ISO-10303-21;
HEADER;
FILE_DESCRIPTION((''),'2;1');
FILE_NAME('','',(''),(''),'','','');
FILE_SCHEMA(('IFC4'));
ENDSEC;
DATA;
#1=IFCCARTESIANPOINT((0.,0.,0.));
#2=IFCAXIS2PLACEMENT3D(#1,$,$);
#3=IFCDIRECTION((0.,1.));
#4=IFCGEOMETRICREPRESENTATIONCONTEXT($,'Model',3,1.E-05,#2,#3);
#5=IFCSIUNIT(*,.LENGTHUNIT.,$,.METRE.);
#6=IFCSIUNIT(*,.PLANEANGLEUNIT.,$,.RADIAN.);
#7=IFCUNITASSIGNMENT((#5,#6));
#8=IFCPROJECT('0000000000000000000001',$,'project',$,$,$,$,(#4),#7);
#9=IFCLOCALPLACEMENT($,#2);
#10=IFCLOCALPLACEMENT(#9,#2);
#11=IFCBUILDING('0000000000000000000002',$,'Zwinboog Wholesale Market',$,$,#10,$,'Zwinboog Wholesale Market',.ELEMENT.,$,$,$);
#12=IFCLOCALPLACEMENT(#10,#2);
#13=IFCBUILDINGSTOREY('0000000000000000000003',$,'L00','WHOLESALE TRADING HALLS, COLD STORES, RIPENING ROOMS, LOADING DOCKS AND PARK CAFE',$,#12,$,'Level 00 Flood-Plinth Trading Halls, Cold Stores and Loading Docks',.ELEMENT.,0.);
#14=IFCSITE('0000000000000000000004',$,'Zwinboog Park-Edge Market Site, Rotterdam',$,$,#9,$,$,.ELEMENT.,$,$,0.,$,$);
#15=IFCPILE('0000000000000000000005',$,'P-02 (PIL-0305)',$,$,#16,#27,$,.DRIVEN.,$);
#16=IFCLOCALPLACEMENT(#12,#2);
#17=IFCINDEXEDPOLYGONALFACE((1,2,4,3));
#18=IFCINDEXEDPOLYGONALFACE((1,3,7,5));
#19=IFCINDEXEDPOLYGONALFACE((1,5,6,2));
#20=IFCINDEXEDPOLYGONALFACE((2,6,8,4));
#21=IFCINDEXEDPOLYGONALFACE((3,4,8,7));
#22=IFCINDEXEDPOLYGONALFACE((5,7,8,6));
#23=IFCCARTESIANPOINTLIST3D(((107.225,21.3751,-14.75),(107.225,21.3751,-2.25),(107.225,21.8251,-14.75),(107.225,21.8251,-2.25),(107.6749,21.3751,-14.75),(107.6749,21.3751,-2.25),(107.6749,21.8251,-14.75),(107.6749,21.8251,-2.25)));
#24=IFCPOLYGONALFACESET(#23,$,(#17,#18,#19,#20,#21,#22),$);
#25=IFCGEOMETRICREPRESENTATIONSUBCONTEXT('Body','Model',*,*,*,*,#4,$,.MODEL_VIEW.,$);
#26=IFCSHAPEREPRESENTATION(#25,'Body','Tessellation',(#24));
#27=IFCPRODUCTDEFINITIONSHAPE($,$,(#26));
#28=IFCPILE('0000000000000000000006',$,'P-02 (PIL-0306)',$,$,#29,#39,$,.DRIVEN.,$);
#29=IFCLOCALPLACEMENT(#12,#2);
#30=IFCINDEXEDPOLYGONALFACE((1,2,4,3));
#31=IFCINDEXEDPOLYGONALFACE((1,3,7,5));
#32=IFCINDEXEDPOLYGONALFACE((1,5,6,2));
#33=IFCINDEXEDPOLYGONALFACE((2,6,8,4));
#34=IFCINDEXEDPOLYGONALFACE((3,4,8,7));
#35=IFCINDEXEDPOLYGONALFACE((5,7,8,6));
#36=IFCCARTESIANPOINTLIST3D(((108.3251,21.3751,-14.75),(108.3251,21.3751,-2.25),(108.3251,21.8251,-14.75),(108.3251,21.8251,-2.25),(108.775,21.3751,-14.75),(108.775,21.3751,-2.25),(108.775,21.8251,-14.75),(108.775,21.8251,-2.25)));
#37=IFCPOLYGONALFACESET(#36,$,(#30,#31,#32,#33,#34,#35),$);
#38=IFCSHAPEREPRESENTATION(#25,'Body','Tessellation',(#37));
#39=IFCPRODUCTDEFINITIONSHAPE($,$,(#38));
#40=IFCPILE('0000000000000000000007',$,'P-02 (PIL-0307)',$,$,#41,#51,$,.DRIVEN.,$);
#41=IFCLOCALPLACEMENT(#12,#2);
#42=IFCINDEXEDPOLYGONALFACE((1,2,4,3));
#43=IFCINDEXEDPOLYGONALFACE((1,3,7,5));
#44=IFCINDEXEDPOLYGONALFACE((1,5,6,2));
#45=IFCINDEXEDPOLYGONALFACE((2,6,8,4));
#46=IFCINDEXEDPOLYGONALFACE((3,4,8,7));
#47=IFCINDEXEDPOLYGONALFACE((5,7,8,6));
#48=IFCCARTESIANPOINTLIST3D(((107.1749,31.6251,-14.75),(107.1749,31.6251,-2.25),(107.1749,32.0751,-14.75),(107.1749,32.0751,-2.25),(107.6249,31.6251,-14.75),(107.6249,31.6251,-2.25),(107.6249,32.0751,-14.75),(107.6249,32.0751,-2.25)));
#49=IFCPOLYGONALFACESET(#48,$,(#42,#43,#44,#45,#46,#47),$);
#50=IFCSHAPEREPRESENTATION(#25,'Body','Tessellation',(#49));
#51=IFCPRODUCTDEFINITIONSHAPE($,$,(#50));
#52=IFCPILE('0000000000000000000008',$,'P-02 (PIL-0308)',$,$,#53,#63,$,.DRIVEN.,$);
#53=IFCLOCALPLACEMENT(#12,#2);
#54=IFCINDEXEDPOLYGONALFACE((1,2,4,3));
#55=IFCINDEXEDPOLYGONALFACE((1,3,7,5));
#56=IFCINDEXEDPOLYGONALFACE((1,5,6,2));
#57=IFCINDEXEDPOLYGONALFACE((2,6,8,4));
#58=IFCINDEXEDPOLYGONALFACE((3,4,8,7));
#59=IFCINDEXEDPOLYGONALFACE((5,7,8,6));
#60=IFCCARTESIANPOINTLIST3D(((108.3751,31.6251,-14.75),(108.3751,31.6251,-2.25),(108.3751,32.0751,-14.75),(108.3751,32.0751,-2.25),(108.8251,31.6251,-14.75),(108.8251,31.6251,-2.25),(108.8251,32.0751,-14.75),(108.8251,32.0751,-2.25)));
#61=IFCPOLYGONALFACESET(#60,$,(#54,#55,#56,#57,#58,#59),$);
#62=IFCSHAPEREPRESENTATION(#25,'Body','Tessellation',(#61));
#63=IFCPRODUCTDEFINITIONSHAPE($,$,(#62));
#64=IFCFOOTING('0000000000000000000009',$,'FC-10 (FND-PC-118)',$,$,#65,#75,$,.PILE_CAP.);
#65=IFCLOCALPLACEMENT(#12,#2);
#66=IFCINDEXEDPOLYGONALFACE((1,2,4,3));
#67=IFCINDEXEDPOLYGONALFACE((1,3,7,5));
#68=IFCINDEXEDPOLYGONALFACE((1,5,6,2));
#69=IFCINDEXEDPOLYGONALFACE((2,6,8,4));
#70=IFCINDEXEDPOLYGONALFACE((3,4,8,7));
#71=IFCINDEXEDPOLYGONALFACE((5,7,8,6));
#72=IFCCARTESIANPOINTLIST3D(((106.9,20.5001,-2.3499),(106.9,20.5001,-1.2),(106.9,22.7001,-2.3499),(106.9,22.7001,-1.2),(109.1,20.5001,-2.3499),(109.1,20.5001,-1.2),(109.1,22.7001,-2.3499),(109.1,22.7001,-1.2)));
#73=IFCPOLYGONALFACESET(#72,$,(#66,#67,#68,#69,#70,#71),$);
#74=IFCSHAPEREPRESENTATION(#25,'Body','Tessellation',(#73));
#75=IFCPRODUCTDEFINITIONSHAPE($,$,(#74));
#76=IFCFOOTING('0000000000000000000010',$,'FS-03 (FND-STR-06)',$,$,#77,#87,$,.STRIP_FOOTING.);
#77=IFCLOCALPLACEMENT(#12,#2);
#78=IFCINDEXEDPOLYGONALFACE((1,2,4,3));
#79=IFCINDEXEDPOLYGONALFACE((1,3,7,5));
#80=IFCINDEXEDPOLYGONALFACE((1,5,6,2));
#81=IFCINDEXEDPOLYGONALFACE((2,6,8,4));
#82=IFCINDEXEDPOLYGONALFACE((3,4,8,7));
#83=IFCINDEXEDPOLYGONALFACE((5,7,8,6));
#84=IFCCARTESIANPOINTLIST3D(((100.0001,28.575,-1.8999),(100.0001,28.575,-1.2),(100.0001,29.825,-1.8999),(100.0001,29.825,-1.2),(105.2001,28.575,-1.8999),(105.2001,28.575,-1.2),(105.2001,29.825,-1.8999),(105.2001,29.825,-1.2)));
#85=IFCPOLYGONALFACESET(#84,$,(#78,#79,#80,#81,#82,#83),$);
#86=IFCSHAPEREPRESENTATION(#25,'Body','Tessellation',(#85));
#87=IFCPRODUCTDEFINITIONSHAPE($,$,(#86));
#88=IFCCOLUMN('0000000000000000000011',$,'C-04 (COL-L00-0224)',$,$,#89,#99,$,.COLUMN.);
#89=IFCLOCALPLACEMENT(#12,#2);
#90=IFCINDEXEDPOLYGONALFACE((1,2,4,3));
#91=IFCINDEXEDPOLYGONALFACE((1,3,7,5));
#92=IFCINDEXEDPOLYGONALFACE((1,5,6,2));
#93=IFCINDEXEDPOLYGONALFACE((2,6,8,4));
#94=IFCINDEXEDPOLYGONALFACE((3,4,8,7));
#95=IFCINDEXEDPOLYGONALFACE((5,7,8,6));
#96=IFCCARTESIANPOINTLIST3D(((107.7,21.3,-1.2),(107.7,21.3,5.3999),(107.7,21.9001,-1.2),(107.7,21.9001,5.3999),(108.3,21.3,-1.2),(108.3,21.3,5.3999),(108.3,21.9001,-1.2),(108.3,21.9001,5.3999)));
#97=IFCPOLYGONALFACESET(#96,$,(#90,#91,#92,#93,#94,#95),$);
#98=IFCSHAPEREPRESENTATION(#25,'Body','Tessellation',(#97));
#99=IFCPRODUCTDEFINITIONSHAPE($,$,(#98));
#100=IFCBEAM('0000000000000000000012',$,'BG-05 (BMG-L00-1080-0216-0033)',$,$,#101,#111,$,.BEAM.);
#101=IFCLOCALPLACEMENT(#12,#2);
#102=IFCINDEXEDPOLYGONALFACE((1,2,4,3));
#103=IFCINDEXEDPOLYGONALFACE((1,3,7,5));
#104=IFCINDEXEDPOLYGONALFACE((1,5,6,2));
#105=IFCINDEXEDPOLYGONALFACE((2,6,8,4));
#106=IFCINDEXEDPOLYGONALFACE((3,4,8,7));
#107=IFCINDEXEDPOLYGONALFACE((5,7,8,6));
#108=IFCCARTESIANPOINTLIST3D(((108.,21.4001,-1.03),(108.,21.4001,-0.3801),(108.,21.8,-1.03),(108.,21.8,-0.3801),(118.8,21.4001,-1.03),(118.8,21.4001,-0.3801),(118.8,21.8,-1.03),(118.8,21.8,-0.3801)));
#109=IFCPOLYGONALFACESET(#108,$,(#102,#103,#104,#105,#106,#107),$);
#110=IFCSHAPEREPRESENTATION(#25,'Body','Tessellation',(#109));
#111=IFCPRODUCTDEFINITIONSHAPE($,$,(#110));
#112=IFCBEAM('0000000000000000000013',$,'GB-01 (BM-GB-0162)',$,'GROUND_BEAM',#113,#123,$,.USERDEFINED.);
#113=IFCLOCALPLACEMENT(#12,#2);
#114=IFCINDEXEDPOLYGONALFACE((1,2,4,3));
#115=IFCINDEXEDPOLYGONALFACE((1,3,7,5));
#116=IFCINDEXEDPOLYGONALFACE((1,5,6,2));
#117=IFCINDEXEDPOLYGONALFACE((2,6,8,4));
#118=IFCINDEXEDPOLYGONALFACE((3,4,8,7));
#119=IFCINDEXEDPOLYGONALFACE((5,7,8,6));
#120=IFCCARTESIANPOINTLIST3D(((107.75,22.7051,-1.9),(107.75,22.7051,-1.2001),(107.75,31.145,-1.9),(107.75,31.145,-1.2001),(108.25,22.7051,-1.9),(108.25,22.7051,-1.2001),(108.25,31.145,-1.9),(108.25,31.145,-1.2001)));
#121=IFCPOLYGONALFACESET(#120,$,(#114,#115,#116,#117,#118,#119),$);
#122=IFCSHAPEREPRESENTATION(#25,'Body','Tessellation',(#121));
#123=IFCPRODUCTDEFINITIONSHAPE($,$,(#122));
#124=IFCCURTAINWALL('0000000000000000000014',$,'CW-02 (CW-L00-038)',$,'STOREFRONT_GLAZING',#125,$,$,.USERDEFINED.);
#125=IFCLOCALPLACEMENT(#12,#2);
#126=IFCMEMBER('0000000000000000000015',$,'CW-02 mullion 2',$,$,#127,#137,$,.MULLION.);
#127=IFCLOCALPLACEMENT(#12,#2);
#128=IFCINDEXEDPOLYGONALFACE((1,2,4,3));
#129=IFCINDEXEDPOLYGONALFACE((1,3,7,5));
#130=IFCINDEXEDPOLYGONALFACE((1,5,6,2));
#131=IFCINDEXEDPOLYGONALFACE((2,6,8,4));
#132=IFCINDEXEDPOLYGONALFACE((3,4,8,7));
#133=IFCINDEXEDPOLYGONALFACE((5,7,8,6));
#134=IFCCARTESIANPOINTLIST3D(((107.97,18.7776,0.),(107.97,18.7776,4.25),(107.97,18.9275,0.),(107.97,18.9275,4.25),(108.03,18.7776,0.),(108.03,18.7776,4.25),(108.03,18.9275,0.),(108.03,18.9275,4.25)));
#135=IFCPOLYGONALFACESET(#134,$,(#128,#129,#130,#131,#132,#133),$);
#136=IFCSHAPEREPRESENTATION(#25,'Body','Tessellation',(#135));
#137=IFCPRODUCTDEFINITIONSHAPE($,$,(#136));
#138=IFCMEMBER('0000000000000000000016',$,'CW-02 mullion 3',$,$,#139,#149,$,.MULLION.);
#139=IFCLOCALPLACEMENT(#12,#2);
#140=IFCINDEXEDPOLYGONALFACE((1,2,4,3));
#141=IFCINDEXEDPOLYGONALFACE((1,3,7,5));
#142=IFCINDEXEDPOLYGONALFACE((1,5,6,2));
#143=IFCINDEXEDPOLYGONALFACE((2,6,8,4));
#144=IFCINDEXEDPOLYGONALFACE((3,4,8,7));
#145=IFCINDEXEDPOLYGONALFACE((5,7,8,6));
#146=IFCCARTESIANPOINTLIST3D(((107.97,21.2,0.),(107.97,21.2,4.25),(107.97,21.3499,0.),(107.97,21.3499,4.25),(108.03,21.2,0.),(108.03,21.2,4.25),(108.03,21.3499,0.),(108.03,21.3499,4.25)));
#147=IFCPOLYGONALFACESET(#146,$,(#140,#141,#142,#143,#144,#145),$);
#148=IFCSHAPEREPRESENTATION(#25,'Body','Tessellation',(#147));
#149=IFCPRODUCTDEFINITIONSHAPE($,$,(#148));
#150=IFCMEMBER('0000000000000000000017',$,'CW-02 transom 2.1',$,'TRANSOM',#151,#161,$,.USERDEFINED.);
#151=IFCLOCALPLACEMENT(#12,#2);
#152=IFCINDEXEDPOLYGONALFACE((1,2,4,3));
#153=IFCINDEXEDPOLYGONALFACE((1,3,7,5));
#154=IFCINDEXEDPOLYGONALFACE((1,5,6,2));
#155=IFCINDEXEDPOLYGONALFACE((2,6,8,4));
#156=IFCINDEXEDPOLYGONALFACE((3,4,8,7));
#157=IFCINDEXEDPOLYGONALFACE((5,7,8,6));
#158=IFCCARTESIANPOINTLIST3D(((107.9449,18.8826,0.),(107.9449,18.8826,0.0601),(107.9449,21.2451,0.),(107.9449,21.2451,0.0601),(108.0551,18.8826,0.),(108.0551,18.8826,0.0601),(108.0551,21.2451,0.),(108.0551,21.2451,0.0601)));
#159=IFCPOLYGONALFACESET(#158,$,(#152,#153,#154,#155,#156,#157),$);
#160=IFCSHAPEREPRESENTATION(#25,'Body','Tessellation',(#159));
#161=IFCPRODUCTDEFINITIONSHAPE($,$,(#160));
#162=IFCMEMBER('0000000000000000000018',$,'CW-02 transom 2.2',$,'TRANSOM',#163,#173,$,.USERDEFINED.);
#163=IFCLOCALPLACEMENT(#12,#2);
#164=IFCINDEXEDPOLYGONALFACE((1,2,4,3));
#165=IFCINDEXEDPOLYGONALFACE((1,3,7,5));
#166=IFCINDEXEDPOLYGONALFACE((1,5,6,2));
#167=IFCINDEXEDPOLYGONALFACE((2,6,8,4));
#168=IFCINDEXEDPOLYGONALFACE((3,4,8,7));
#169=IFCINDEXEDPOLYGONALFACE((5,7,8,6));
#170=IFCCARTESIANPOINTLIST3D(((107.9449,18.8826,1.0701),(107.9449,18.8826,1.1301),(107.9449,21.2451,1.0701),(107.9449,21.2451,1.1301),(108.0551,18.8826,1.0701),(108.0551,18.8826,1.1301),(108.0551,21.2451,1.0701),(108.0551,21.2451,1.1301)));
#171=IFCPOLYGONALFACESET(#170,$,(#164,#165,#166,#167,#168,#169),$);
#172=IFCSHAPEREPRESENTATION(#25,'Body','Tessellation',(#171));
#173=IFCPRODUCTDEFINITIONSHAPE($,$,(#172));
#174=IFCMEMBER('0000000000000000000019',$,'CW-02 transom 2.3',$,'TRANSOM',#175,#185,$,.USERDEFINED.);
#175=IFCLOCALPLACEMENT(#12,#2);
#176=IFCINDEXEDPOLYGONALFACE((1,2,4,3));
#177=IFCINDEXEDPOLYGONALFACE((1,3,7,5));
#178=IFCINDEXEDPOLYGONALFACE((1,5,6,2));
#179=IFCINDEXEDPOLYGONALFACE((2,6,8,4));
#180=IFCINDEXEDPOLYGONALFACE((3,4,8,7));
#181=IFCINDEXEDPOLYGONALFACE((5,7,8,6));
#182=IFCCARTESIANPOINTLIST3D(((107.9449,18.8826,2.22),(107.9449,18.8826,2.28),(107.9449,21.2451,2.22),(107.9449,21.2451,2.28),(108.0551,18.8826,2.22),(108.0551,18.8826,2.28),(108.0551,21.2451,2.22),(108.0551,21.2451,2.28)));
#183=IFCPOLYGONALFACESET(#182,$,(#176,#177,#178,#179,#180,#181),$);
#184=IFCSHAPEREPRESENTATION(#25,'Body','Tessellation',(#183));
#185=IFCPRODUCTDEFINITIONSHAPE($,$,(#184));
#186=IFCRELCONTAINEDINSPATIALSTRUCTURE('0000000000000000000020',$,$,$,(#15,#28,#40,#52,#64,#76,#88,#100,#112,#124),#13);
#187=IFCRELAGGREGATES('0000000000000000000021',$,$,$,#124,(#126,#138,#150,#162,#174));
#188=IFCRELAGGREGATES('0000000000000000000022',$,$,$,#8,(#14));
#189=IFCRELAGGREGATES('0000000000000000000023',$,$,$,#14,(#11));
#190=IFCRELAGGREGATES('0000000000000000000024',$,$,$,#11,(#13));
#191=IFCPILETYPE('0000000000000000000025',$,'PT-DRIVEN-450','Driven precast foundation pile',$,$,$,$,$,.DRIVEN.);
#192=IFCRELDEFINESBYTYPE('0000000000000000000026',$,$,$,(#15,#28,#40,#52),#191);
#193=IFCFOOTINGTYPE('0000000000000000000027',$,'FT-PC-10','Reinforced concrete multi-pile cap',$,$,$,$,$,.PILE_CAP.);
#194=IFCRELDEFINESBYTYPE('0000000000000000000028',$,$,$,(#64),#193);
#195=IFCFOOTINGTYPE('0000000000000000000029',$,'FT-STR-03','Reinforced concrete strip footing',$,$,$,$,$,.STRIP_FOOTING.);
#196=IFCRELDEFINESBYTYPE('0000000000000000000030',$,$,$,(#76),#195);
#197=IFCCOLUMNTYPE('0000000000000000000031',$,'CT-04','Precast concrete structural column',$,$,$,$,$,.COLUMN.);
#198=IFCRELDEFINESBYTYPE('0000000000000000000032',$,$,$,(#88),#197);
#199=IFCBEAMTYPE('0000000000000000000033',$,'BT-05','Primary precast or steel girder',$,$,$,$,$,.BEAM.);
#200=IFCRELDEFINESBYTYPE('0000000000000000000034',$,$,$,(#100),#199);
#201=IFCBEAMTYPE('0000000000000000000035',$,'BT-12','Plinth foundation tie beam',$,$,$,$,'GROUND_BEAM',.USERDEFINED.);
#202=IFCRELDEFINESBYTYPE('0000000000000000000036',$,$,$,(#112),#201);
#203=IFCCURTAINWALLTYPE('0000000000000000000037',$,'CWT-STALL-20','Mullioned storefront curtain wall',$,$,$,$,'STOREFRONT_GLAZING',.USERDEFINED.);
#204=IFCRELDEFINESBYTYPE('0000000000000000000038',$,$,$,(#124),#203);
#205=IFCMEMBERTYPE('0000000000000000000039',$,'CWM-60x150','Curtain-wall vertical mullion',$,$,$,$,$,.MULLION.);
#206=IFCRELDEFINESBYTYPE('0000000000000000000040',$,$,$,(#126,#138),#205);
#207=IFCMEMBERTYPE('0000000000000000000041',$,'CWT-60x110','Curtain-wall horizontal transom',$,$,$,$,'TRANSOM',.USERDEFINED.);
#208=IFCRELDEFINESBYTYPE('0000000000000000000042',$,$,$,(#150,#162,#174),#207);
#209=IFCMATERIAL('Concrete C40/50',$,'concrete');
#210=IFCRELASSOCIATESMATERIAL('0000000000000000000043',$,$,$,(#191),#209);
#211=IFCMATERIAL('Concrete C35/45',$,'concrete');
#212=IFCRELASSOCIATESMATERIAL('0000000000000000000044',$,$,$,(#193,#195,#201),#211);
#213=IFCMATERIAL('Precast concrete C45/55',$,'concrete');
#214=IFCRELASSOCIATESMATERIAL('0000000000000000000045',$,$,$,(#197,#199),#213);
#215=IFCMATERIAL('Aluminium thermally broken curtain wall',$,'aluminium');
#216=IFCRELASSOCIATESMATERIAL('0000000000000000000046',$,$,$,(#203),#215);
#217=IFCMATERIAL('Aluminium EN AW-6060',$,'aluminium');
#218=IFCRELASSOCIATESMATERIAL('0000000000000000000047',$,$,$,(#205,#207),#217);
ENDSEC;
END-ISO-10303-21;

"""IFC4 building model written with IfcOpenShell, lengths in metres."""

from ifc_helpers import new_model, si_unit, direction, frame, origin, origin_2d, place, context, subcontext, project, spatial, rectangle, extrude, material, material_profile, profile_set, type_object, element, aggregate, save


model = new_model("IFC4")

# Units and contexts
model_context = context("Model", 3, precision=1e-05, world=origin(), true_north=direction((0.0, 1.0)))
body_context = subcontext(model_context, "Body", "Model", "MODEL_VIEW")
ifc_project = project(units=[si_unit("LENGTHUNIT", "METRE"), si_unit("PLANEANGLEUNIT", "RADIAN")], contexts=[model_context])

# Site, building, storey
site_placement = place(None, origin())
site = spatial("IfcSite", under=ifc_project, at=site_placement, Name="Zwinboog Park-Edge Market Site, Rotterdam", CompositionType="ELEMENT", RefElevation=0.0)
building_placement = place(site_placement, origin())
building = spatial("IfcBuilding", under=site, at=building_placement, Name="Zwinboog Wholesale Market", LongName="Zwinboog Wholesale Market", CompositionType="ELEMENT")
storey_placement = place(building_placement, origin())
storey = spatial("IfcBuildingStorey", under=building, at=storey_placement, Name="L00", Description="WHOLESALE TRADING HALLS, COLD STORES, RIPENING ROOMS, LOADING DOCKS AND PARK CAFE", LongName="Level 00 Flood-Plinth Trading Halls, Cold Stores and Loading Docks", CompositionType="ELEMENT", Elevation=0.0)

# Piles
ifc_material_1 = material(Name="Concrete C40/50", Category="concrete")
ifc_material_profile_1 = material_profile(ifc_material_1, rectangle(XDim=0.45, YDim=0.45, at=origin_2d()), Name="PILE SQ450")
ifc_profile_set_1 = profile_set([ifc_material_profile_1], Name="Concrete C40/50")
pile_type = type_object("IfcPileType", Name="PT-DRIVEN-450", Description="Driven precast foundation pile", PredefinedType="DRIVEN", material=ifc_profile_set_1)
for number, where, z_axis, x_axis, name in (
    (1, (107.45, 21.6001, -2.25), (0.0, 0.0, -1.0), (1.0, 0.0, 0.0), "P-02 (PIL-0305)"),
    (2, (108.55, 21.6001, -2.25), (0.0, 0.0, -1.0), (1.0, 0.0, 0.0), "P-02 (PIL-0306)"),
    (3, (107.3999, 31.8501, -2.25), (0.0, 0.0, -1.0), (1.0, 0.0, 0.0), "P-02 (PIL-0307)"),
    (4, (108.6001, 31.8501, -2.25), (0.0, 0.0, -1.0), (1.0, 0.0, 0.0), "P-02 (PIL-0308)"),
):
    element("IfcPile", number, at=place(storey_placement, frame(where, z_axis=z_axis, x_axis=x_axis)), inside=storey, type_object=pile_type, Name=name, PredefinedType="DRIVEN", context=body_context, shape_type="SweptSolid", body=[
        extrude(rectangle(XDim=0.45, YDim=0.45, at=origin_2d()), origin(), (0.0, 0.0, 1.0), 12.5),
    ])

# Footings
ifc_material_2 = material(Name="Concrete C35/45", Category="concrete")
footing_type_1 = type_object("IfcFootingType", Name="FT-PC-10", Description="Reinforced concrete multi-pile cap", PredefinedType="PILE_CAP", material=ifc_material_2)
footing_1_placement = place(storey_placement, frame((108.0, 21.6001, -2.3499), z_axis=(0.0, 0.0, 1.0), x_axis=(1.0, 0.0, 0.0)))
element("IfcFooting", 5, at=footing_1_placement, inside=storey, type_object=footing_type_1, Name="FC-10 (FND-PC-118)", PredefinedType="PILE_CAP", context=body_context, shape_type="SweptSolid", body=[
    extrude(rectangle(XDim=2.2, YDim=2.2, at=origin_2d()), origin(), (0.0, 0.0, 1.0), 1.1499),
])
footing_type_2 = type_object("IfcFootingType", Name="FT-STR-03", Description="Reinforced concrete strip footing", PredefinedType="STRIP_FOOTING", material=ifc_material_2)
footing_2_placement = place(storey_placement, frame((102.6001, 29.2, -1.8999), z_axis=(0.0, 0.0, 1.0), x_axis=(1.0, 0.0, 0.0)))
element("IfcFooting", 6, at=footing_2_placement, inside=storey, type_object=footing_type_2, Name="FS-03 (FND-STR-06)", PredefinedType="STRIP_FOOTING", context=body_context, shape_type="SweptSolid", body=[
    extrude(rectangle(XDim=5.2, YDim=1.25, at=origin_2d()), origin(), (0.0, 0.0, 1.0), 0.7),
])

# Column
ifc_material_3 = material(Name="Precast concrete C45/55", Category="concrete")
ifc_material_profile_2 = material_profile(ifc_material_3, rectangle(XDim=0.6001, YDim=0.6001, at=origin_2d()), Name="PC 600x600")
ifc_profile_set_2 = profile_set([ifc_material_profile_2], Name="Precast concrete C45/55")
column_type = type_object("IfcColumnType", Name="CT-04", Description="Precast concrete structural column", PredefinedType="COLUMN", material=ifc_profile_set_2)
column_placement = place(storey_placement, frame((108.0, 21.6001, -1.2), z_axis=(0.0, 0.0, 1.0), x_axis=(1.0, 0.0, 0.0)))
element("IfcColumn", 7, at=column_placement, inside=storey, type_object=column_type, Name="C-04 (COL-L00-0224)", PredefinedType="COLUMN", context=body_context, shape_type="SweptSolid", body=[
    extrude(rectangle(XDim=0.6001, YDim=0.6001, at=origin_2d()), origin(), (0.0, 0.0, 1.0), 6.5999),
])

# Beams
ifc_material_profile_3 = material_profile(ifc_material_3, rectangle(XDim=0.3999, YDim=0.6499, at=origin_2d()), Name="PC 400x650")
ifc_profile_set_3 = profile_set([ifc_material_profile_3], Name="Precast concrete C45/55")
beam_type_1 = type_object("IfcBeamType", Name="BT-05", Description="Primary precast or steel girder", PredefinedType="BEAM", material=ifc_profile_set_3)
beam_1_placement = place(storey_placement, frame((108.0, 21.6001, -0.7051), z_axis=(1.0, 0.0, 0.0), x_axis=(0.0, 1.0, 0.0)))
element("IfcBeam", 8, at=beam_1_placement, inside=storey, type_object=beam_type_1, Name="BG-05 (BMG-L00-1080-0216-0033)", PredefinedType="BEAM", context=body_context, shape_type="SweptSolid", body=[
    extrude(rectangle(XDim=0.3999, YDim=0.6499, at=origin_2d()), origin(), (0.0, 0.0, 1.0), 10.8),
])
ifc_material_profile_4 = material_profile(ifc_material_2, rectangle(XDim=0.5, YDim=0.7, at=origin_2d()), Name="RC 500x700")
ifc_profile_set_4 = profile_set([ifc_material_profile_4], Name="Concrete C35/45")
beam_type_2 = type_object("IfcBeamType", Name="BT-12", Description="Plinth foundation tie beam", ElementType="GROUND_BEAM", PredefinedType="USERDEFINED", material=ifc_profile_set_4)
beam_2_placement = place(storey_placement, frame((108.0, 22.7051, -1.55), z_axis=(0.0, 1.0, 0.0), x_axis=(-1.0, 0.0, 0.0)))
element("IfcBeam", 9, at=beam_2_placement, inside=storey, type_object=beam_type_2, Name="GB-01 (BM-GB-0162)", ObjectType="GROUND_BEAM", PredefinedType="USERDEFINED", context=body_context, shape_type="SweptSolid", body=[
    extrude(rectangle(XDim=0.5, YDim=0.7, at=origin_2d()), origin(), (0.0, 0.0, 1.0), 8.4399),
])

# Curtain wall, members
ifc_material_4 = material(Name="Aluminium thermally broken curtain wall", Category="aluminium")
curtain_wall_type = type_object("IfcCurtainWallType", Name="CWT-STALL-20", Description="Mullioned storefront curtain wall", ElementType="STOREFRONT_GLAZING", PredefinedType="USERDEFINED", material=ifc_material_4)
curtain_wall_placement = place(storey_placement, origin())
curtain_wall = element("IfcCurtainWall", 10, at=curtain_wall_placement, inside=storey, type_object=curtain_wall_type, Name="CW-02 (CW-L00-038)", ObjectType="STOREFRONT_GLAZING", PredefinedType="USERDEFINED")
ifc_material_5 = material(Name="Aluminium EN AW-6060", Category="aluminium")
ifc_material_profile_5 = material_profile(ifc_material_5, rectangle(XDim=0.0601, YDim=0.1499, at=origin_2d()), Name="AL 60x150")
ifc_profile_set_5 = profile_set([ifc_material_profile_5], Name="Aluminium EN AW-6060")
member_type_1 = type_object("IfcMemberType", Name="CWM-60x150", Description="Curtain-wall vertical mullion", PredefinedType="MULLION", material=ifc_profile_set_5)
member_1_placement = place(storey_placement, frame((108.0, 18.8525, 0.0), z_axis=(0.0, 0.0, 1.0), x_axis=(-1.0, 0.0, 0.0)))
member_1 = element("IfcMember", 11, at=member_1_placement, type_object=member_type_1, Name="CW-02 mullion 2", PredefinedType="MULLION", context=body_context, shape_type="SweptSolid", body=[
    extrude(rectangle(XDim=0.0601, YDim=0.1499, at=origin_2d()), origin(), (0.0, 0.0, 1.0), 4.25),
])
member_2_placement = place(storey_placement, frame((108.0, 21.2749, 0.0), z_axis=(0.0, 0.0, 1.0), x_axis=(-1.0, 0.0, 0.0)))
member_2 = element("IfcMember", 12, at=member_2_placement, type_object=member_type_1, Name="CW-02 mullion 3", PredefinedType="MULLION", context=body_context, shape_type="SweptSolid", body=[
    extrude(rectangle(XDim=0.0601, YDim=0.1499, at=origin_2d()), origin(), (0.0, 0.0, 1.0), 4.25),
])
ifc_material_profile_6 = material_profile(ifc_material_5, rectangle(XDim=0.1101, YDim=0.0601, at=origin_2d()), Name="AL 60x110")
ifc_profile_set_6 = profile_set([ifc_material_profile_6], Name="Aluminium EN AW-6060")
member_type_2 = type_object("IfcMemberType", Name="CWT-60x110", Description="Curtain-wall horizontal transom", ElementType="TRANSOM", PredefinedType="USERDEFINED", material=ifc_profile_set_6)
member_3_placement = place(storey_placement, frame((108.0, 18.8826, 0.03), z_axis=(0.0, 1.0, 0.0), x_axis=(-1.0, 0.0, 0.0)))
member_3 = element("IfcMember", 13, at=member_3_placement, type_object=member_type_2, Name="CW-02 transom 2.1", ObjectType="TRANSOM", PredefinedType="USERDEFINED", context=body_context, shape_type="SweptSolid", body=[
    extrude(rectangle(XDim=0.1101, YDim=0.0601, at=origin_2d()), origin(), (0.0, 0.0, 1.0), 2.3625),
])
member_4_placement = place(storey_placement, frame((108.0, 18.8826, 1.1001), z_axis=(0.0, 1.0, 0.0), x_axis=(-1.0, 0.0, 0.0)))
member_4 = element("IfcMember", 14, at=member_4_placement, type_object=member_type_2, Name="CW-02 transom 2.2", ObjectType="TRANSOM", PredefinedType="USERDEFINED", context=body_context, shape_type="SweptSolid", body=[
    extrude(rectangle(XDim=0.1101, YDim=0.0601, at=origin_2d()), origin(), (0.0, 0.0, 1.0), 2.3625),
])
member_5_placement = place(storey_placement, frame((108.0, 18.8826, 2.25), z_axis=(0.0, 1.0, 0.0), x_axis=(-1.0, 0.0, 0.0)))
member_5 = element("IfcMember", 15, at=member_5_placement, type_object=member_type_2, Name="CW-02 transom 2.3", ObjectType="TRANSOM", PredefinedType="USERDEFINED", context=body_context, shape_type="SweptSolid", body=[
    extrude(rectangle(XDim=0.1101, YDim=0.0601, at=origin_2d()), origin(), (0.0, 0.0, 1.0), 2.3625),
])
aggregate(curtain_wall, [member_1, member_2, member_3, member_4, member_5])

save(model, "model.ifc")
